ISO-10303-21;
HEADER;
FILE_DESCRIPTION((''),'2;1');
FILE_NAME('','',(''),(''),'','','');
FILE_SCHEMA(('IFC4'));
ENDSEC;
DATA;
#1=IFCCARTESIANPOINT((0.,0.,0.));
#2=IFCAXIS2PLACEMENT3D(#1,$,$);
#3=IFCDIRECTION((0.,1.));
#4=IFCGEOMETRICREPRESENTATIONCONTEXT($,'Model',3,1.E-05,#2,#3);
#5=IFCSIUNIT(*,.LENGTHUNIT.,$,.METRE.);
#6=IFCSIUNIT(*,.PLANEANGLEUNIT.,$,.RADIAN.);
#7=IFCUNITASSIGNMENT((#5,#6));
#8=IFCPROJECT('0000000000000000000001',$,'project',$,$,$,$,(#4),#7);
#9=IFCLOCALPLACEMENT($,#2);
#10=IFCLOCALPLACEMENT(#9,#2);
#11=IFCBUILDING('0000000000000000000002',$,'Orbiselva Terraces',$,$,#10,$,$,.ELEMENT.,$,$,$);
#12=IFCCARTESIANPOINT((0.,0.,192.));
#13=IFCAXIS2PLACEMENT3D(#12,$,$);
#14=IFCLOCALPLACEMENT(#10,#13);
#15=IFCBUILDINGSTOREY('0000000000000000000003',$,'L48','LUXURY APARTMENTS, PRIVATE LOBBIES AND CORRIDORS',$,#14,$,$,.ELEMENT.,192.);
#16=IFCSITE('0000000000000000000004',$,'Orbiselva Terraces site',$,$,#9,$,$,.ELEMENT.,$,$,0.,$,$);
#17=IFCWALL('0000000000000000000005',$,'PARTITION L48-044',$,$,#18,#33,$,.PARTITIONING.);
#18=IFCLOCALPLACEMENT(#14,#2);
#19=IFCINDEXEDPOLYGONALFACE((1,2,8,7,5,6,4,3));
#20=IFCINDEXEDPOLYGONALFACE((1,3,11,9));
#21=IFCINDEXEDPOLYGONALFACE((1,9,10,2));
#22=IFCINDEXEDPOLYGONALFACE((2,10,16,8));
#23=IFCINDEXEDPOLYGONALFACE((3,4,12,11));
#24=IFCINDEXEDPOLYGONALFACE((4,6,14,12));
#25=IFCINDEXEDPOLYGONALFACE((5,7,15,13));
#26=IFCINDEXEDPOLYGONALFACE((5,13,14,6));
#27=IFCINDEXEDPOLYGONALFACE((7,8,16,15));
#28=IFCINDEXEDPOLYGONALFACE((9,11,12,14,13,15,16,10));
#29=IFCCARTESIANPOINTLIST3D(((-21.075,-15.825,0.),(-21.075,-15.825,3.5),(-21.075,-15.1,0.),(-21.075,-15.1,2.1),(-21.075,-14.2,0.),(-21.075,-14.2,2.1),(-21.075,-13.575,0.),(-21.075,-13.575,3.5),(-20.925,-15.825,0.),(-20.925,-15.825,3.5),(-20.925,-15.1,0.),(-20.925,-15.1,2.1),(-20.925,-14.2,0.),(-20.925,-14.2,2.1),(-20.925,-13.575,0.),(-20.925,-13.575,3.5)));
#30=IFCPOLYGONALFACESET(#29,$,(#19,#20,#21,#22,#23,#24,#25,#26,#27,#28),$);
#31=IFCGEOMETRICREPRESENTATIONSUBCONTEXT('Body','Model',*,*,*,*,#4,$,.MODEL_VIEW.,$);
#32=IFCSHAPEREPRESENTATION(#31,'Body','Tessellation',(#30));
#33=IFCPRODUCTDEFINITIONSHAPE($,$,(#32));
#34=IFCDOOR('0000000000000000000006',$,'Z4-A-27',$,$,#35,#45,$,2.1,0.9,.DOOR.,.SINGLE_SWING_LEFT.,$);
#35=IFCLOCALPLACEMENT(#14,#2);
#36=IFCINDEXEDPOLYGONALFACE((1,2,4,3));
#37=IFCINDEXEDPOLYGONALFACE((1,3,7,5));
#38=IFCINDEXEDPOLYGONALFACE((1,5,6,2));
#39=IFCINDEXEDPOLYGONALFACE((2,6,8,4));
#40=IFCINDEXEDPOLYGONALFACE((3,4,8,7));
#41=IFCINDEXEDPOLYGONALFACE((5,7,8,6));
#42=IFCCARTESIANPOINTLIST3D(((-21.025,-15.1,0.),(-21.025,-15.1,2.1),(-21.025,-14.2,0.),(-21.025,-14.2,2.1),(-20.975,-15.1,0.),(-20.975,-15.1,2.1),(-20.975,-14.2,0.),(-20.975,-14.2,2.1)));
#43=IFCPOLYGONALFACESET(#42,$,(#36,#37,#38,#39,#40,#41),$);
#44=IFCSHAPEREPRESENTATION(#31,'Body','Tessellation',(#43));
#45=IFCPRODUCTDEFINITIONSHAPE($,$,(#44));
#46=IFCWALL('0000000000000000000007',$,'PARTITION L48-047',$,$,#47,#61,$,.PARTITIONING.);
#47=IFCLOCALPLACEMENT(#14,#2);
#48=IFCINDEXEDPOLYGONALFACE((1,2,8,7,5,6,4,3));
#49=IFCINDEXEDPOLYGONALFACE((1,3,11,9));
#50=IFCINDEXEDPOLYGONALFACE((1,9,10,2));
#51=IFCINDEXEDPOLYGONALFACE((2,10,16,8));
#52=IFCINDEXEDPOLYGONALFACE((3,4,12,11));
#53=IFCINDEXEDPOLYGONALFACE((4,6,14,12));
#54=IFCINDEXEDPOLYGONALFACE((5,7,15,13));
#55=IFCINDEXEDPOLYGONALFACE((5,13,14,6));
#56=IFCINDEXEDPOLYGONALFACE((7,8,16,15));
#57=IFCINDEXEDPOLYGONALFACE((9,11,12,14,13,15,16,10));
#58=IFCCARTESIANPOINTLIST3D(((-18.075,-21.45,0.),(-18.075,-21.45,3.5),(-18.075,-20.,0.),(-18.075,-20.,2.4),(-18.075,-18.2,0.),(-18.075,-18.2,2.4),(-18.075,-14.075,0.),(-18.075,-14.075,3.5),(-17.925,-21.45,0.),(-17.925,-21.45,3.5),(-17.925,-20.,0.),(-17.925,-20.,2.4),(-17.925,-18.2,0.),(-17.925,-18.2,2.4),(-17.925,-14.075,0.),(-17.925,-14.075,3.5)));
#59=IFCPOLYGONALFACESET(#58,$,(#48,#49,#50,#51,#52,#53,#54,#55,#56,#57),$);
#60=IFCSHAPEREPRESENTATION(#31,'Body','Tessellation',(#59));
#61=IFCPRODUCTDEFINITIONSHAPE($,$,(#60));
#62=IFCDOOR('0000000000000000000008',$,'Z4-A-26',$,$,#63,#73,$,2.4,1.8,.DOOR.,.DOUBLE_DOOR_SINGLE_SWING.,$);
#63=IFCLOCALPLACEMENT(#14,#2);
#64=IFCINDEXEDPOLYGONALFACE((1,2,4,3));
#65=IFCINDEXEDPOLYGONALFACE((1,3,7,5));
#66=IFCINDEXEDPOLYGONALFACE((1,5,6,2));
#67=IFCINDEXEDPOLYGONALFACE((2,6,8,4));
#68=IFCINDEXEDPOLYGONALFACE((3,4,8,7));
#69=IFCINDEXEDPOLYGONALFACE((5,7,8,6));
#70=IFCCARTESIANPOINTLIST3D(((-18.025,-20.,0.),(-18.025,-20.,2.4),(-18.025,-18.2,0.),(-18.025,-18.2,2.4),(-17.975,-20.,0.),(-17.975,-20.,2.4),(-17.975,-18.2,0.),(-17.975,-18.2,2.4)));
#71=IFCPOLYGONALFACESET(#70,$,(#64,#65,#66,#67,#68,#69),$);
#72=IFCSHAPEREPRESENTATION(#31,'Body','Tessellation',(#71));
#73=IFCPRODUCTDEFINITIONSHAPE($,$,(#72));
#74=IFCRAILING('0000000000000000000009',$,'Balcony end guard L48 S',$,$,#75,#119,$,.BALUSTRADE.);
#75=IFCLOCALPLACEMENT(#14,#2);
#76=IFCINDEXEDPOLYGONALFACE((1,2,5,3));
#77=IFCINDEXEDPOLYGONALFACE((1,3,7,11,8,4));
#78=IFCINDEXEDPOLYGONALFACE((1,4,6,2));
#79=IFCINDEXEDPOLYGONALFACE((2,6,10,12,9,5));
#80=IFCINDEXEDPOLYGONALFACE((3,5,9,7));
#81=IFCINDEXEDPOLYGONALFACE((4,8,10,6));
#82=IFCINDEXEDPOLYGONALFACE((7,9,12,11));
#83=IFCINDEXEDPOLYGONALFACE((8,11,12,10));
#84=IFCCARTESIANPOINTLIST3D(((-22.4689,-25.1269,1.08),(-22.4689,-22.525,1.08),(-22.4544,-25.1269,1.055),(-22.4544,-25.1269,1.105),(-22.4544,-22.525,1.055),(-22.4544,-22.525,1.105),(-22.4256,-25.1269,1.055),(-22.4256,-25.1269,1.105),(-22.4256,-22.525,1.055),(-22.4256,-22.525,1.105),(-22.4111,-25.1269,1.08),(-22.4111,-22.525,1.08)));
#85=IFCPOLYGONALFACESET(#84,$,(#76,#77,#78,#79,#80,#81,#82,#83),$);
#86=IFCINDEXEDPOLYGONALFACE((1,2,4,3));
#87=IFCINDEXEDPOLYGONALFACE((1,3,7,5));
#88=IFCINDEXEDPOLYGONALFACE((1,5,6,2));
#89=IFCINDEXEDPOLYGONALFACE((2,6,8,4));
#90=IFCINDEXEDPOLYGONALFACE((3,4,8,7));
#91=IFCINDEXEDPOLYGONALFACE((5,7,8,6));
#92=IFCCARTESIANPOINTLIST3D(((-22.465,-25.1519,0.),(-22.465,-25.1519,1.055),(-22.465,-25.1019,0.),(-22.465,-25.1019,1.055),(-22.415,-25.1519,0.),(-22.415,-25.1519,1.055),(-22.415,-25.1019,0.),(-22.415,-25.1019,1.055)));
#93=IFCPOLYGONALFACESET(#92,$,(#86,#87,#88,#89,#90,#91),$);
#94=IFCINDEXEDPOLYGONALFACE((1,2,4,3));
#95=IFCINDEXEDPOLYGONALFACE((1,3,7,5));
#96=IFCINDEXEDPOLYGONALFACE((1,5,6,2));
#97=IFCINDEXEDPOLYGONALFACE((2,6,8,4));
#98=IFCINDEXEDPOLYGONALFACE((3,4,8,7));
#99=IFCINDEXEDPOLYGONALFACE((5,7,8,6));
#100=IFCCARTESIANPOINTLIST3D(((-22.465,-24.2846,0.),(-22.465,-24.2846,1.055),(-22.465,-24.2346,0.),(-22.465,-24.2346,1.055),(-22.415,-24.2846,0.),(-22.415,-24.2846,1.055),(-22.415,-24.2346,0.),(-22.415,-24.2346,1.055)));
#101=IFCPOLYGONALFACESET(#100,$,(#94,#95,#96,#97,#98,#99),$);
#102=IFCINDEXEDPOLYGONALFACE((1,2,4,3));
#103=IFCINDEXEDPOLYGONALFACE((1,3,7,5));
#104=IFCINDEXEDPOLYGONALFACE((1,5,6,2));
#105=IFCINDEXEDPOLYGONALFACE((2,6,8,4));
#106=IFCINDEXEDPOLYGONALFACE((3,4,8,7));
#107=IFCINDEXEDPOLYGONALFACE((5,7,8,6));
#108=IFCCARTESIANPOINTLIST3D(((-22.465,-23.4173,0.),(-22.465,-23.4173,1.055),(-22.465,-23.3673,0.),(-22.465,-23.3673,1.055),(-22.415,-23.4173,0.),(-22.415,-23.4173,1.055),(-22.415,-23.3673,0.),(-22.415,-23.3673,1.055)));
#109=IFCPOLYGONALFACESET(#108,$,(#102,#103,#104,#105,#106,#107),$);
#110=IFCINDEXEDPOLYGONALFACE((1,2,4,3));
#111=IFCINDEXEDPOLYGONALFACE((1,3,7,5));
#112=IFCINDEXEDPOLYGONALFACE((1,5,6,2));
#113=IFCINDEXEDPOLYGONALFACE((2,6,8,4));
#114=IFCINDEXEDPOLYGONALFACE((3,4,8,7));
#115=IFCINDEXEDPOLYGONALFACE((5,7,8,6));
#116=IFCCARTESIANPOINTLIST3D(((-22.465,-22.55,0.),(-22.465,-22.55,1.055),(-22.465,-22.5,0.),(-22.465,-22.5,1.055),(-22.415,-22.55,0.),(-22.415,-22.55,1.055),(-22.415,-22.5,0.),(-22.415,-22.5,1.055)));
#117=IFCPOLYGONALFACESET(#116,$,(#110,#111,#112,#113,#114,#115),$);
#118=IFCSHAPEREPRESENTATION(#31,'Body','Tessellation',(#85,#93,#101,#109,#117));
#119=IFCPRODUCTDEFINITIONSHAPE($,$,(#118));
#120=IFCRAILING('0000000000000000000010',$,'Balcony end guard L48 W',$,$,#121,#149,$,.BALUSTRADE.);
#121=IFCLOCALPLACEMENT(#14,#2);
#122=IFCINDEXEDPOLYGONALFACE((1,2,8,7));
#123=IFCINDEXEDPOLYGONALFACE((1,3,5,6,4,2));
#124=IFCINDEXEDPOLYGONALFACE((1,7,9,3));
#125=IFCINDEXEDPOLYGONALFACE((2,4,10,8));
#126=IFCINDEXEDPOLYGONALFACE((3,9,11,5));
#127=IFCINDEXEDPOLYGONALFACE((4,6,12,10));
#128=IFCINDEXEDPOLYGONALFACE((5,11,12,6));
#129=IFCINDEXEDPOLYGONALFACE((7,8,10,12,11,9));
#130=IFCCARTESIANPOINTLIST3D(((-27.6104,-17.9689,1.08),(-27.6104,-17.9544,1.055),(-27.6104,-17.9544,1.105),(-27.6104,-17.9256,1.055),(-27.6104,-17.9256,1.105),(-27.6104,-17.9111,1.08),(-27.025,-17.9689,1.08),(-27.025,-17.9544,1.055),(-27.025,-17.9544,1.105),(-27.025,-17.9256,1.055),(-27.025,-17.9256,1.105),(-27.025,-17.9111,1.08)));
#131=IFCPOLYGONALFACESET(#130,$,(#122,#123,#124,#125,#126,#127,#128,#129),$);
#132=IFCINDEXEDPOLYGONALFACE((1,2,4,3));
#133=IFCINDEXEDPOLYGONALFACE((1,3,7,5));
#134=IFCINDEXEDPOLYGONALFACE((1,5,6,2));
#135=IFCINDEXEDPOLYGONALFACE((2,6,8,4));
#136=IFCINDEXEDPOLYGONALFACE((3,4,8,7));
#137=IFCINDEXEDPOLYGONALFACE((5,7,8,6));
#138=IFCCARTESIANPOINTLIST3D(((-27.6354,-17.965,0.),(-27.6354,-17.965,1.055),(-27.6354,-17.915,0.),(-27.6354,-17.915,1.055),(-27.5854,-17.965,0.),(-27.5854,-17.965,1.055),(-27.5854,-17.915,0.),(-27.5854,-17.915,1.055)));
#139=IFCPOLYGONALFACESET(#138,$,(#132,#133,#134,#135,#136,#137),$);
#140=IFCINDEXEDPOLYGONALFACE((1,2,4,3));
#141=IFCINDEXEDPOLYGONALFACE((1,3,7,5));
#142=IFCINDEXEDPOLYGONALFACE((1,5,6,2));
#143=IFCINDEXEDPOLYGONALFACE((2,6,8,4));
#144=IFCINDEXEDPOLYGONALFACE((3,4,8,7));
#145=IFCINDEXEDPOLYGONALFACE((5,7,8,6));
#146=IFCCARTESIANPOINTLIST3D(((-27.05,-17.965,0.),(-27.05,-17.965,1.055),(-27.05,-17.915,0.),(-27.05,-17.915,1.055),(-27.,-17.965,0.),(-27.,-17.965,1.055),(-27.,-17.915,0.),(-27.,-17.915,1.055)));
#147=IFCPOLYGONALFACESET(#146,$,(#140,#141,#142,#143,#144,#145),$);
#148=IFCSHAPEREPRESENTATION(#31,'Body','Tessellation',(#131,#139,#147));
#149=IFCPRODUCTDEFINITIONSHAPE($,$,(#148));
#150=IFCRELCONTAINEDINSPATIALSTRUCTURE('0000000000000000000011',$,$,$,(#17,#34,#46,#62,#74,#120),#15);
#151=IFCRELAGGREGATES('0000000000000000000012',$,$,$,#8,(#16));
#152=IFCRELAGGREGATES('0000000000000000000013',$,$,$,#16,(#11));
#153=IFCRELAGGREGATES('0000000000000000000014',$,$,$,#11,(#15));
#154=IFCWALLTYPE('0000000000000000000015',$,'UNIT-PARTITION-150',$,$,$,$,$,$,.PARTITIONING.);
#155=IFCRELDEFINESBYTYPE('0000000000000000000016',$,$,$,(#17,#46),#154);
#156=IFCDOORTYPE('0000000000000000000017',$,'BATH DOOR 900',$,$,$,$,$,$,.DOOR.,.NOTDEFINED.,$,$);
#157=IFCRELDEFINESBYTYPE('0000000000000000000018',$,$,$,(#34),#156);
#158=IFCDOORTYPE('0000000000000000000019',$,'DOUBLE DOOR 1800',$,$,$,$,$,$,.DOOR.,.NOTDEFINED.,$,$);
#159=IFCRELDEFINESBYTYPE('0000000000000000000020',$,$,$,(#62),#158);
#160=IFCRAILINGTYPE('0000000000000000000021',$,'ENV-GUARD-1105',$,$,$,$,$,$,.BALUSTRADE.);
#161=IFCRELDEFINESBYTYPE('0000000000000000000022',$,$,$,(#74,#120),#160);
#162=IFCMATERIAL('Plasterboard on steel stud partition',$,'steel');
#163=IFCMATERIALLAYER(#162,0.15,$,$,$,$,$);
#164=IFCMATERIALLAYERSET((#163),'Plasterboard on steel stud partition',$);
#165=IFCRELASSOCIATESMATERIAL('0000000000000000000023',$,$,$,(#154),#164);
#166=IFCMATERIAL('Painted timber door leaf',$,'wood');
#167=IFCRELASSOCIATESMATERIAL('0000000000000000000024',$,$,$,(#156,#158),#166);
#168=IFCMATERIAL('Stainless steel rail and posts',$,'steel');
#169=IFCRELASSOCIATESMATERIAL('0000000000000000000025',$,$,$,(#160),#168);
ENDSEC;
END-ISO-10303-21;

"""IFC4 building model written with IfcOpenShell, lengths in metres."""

from ifc_helpers import new_model, si_unit, direction, frame, frame_2d, origin, origin_2d, place, context, subcontext, project, spatial, polyline, rectangle, outline, extrude, material, layer, layer_set, type_object, element, fill, save


model = new_model("IFC4")

# Units and contexts
model_context = context("Model", 3, precision=1e-05, world=origin(), true_north=direction((0.0, 1.0)))
body_context = subcontext(model_context, "Body", "Model", "MODEL_VIEW")
ifc_project = project(units=[si_unit("LENGTHUNIT", "METRE"), si_unit("PLANEANGLEUNIT", "RADIAN")], contexts=[model_context])

# Site, building, storey
site_placement = place(None, origin())
site = spatial("IfcSite", under=ifc_project, at=site_placement, Name="Orbiselva Terraces site", CompositionType="ELEMENT", RefElevation=0.0)
building_placement = place(site_placement, origin())
building = spatial("IfcBuilding", under=site, at=building_placement, Name="Orbiselva Terraces", CompositionType="ELEMENT")
storey_placement = place(building_placement, frame((0.0, 0.0, 192.0)))
storey = spatial("IfcBuildingStorey", under=building, at=storey_placement, Name="L48", Description="LUXURY APARTMENTS, PRIVATE LOBBIES AND CORRIDORS", CompositionType="ELEMENT", Elevation=192.0)

# Shared definitions
ifc_material_1 = material(Name="Plasterboard on steel stud partition", Category="steel")
ifc_layer_1 = layer(ifc_material_1, 0.15)
ifc_layer_set_1 = layer_set([ifc_layer_1], Name="Plasterboard on steel stud partition")
wall_type_1 = type_object("IfcWallType", Name="UNIT-PARTITION-150", PredefinedType="PARTITIONING", material=ifc_layer_set_1)

# Walls, openings, doors
wall_1_placement = place(storey_placement, frame((-21.0, -13.575, 0.0), z_axis=(0.0, 0.0, 1.0), x_axis=(0.0, -1.0, 0.0)))
wall_1 = element("IfcWall", 1, at=wall_1_placement, inside=storey, type_object=wall_type_1, Name="PARTITION L48-044", PredefinedType="PARTITIONING", context=body_context, shape_type="SweptSolid", body=[
    extrude(rectangle(XDim=2.25, YDim=0.15, at=frame_2d((1.125, 0.0))), origin(), (0.0, 0.0, 1.0), 3.5),
])
opening_1_placement = place(wall_1_placement, frame((0.625, 0.0, 0.0)))
opening_1 = element("IfcOpeningElement", 2, at=opening_1_placement, cuts=wall_1, PredefinedType="OPENING", context=body_context, shape_type="SweptSolid", body=[
    extrude(rectangle(XDim=0.9, YDim=2.1, at=frame_2d((0.45, 1.05))), frame((0.0, 0.085, 0.0), z_axis=(0.0, -1.0, 0.0), x_axis=(1.0, 0.0, 0.0)), (0.0, 0.0, 1.0), 0.17),
])
ifc_material_2 = material(Name="Painted timber door leaf", Category="wood")
door_type_1 = type_object("IfcDoorType", Name="BATH DOOR 900", OperationType="NOTDEFINED", PredefinedType="DOOR", material=ifc_material_2)
door_1_placement = place(opening_1_placement, origin())
door_1 = element("IfcDoor", 3, at=door_1_placement, inside=storey, type_object=door_type_1, Name="Z4-A-27", OperationType="SINGLE_SWING_LEFT", OverallHeight=2.1, OverallWidth=0.9, PredefinedType="DOOR", context=body_context, shape_type="SweptSolid", body=[
    extrude(rectangle(XDim=0.9, YDim=2.1, at=frame_2d((0.45, 1.05))), frame((0.0, 0.025, 0.0), z_axis=(0.0, -1.0, 0.0), x_axis=(1.0, 0.0, 0.0)), (0.0, 0.0, 1.0), 0.05),
])
fill(opening_1, door_1)
wall_2_placement = place(storey_placement, frame((-18.0, -21.45, 0.0), z_axis=(0.0, 0.0, 1.0), x_axis=(0.0, 1.0, 0.0)))
wall_2 = element("IfcWall", 4, at=wall_2_placement, inside=storey, type_object=wall_type_1, Name="PARTITION L48-047", PredefinedType="PARTITIONING", context=body_context, shape_type="SweptSolid", body=[
    extrude(rectangle(XDim=7.375, YDim=0.15, at=frame_2d((3.6875, 0.0))), origin(), (0.0, 0.0, 1.0), 3.5),
])
opening_2_placement = place(wall_2_placement, frame((1.45, 0.0, 0.0)))
opening_2 = element("IfcOpeningElement", 5, at=opening_2_placement, cuts=wall_2, PredefinedType="OPENING", context=body_context, shape_type="SweptSolid", body=[
    extrude(rectangle(XDim=1.8, YDim=2.4, at=frame_2d((0.9, 1.2))), frame((0.0, 0.085, 0.0), z_axis=(0.0, -1.0, 0.0), x_axis=(1.0, 0.0, 0.0)), (0.0, 0.0, 1.0), 0.17),
])
door_type_2 = type_object("IfcDoorType", Name="DOUBLE DOOR 1800", OperationType="NOTDEFINED", PredefinedType="DOOR", material=ifc_material_2)
door_2_placement = place(opening_2_placement, origin())
door_2 = element("IfcDoor", 6, at=door_2_placement, inside=storey, type_object=door_type_2, Name="Z4-A-26", OperationType="DOUBLE_DOOR_SINGLE_SWING", OverallHeight=2.4, OverallWidth=1.8, PredefinedType="DOOR", context=body_context, shape_type="SweptSolid", body=[
    extrude(rectangle(XDim=1.8, YDim=2.4, at=frame_2d((0.9, 1.2))), frame((0.0, 0.025, 0.0), z_axis=(0.0, -1.0, 0.0), x_axis=(1.0, 0.0, 0.0)), (0.0, 0.0, 1.0), 0.05),
])
fill(opening_2, door_2)

# Railings
ifc_material_3 = material(Name="Stainless steel rail and posts", Category="steel")
railing_type_1 = type_object("IfcRailingType", Name="ENV-GUARD-1105", PredefinedType="BALUSTRADE", material=ifc_material_3)
railing_1_placement = place(storey_placement, frame((-22.44, -25.1269, 0.0)))
element("IfcRailing", 7, at=railing_1_placement, inside=storey, type_object=railing_type_1, Name="Balcony end guard L48 S", PredefinedType="BALUSTRADE", context=body_context, shape_type="SweptSolid", body=[
    extrude(outline(polyline([(0.0289, 0.0), (0.0144, 0.025), (-0.0144, 0.025), (-0.0289, 0.0), (-0.0144, -0.025), (0.0144, -0.025), (0.0289, 0.0)])), frame((0.0, 0.0, 1.08), z_axis=(0.0, 1.0, 0.0), x_axis=(-1.0, 0.0, 0.0)), (0.0, 0.0, 1.0), 2.6019),
    extrude(rectangle(XDim=0.05, YDim=0.05, at=origin_2d()), origin(), (0.0, 0.0, 1.0), 1.055),
    extrude(rectangle(XDim=0.05, YDim=0.05, at=origin_2d()), frame((0.0, 0.8673, 0.0)), (0.0, 0.0, 1.0), 1.055),
    extrude(rectangle(XDim=0.05, YDim=0.05, at=origin_2d()), frame((0.0, 1.7346, 0.0)), (0.0, 0.0, 1.0), 1.055),
    extrude(rectangle(XDim=0.05, YDim=0.05, at=origin_2d()), frame((0.0, 2.6019, 0.0)), (0.0, 0.0, 1.0), 1.055),
])
railing_2_placement = place(storey_placement, frame((-27.6104, -17.94, 0.0)))
element("IfcRailing", 8, at=railing_2_placement, inside=storey, type_object=railing_type_1, Name="Balcony end guard L48 W", PredefinedType="BALUSTRADE", context=body_context, shape_type="SweptSolid", body=[
    extrude(outline(polyline([(0.0289, 0.0), (0.0144, 0.025), (-0.0144, 0.025), (-0.0289, 0.0), (-0.0144, -0.025), (0.0144, -0.025), (0.0289, 0.0)])), frame((0.0, 0.0, 1.08), z_axis=(1.0, 0.0, 0.0), x_axis=(0.0, 1.0, 0.0)), (0.0, 0.0, 1.0), 0.5854),
    extrude(rectangle(XDim=0.05, YDim=0.05, at=origin_2d()), origin(), (0.0, 0.0, 1.0), 1.055),
    extrude(rectangle(XDim=0.05, YDim=0.05, at=origin_2d()), frame((0.5854, 0.0, 0.0)), (0.0, 0.0, 1.0), 1.055),
])

save(model, "model.ifc")
